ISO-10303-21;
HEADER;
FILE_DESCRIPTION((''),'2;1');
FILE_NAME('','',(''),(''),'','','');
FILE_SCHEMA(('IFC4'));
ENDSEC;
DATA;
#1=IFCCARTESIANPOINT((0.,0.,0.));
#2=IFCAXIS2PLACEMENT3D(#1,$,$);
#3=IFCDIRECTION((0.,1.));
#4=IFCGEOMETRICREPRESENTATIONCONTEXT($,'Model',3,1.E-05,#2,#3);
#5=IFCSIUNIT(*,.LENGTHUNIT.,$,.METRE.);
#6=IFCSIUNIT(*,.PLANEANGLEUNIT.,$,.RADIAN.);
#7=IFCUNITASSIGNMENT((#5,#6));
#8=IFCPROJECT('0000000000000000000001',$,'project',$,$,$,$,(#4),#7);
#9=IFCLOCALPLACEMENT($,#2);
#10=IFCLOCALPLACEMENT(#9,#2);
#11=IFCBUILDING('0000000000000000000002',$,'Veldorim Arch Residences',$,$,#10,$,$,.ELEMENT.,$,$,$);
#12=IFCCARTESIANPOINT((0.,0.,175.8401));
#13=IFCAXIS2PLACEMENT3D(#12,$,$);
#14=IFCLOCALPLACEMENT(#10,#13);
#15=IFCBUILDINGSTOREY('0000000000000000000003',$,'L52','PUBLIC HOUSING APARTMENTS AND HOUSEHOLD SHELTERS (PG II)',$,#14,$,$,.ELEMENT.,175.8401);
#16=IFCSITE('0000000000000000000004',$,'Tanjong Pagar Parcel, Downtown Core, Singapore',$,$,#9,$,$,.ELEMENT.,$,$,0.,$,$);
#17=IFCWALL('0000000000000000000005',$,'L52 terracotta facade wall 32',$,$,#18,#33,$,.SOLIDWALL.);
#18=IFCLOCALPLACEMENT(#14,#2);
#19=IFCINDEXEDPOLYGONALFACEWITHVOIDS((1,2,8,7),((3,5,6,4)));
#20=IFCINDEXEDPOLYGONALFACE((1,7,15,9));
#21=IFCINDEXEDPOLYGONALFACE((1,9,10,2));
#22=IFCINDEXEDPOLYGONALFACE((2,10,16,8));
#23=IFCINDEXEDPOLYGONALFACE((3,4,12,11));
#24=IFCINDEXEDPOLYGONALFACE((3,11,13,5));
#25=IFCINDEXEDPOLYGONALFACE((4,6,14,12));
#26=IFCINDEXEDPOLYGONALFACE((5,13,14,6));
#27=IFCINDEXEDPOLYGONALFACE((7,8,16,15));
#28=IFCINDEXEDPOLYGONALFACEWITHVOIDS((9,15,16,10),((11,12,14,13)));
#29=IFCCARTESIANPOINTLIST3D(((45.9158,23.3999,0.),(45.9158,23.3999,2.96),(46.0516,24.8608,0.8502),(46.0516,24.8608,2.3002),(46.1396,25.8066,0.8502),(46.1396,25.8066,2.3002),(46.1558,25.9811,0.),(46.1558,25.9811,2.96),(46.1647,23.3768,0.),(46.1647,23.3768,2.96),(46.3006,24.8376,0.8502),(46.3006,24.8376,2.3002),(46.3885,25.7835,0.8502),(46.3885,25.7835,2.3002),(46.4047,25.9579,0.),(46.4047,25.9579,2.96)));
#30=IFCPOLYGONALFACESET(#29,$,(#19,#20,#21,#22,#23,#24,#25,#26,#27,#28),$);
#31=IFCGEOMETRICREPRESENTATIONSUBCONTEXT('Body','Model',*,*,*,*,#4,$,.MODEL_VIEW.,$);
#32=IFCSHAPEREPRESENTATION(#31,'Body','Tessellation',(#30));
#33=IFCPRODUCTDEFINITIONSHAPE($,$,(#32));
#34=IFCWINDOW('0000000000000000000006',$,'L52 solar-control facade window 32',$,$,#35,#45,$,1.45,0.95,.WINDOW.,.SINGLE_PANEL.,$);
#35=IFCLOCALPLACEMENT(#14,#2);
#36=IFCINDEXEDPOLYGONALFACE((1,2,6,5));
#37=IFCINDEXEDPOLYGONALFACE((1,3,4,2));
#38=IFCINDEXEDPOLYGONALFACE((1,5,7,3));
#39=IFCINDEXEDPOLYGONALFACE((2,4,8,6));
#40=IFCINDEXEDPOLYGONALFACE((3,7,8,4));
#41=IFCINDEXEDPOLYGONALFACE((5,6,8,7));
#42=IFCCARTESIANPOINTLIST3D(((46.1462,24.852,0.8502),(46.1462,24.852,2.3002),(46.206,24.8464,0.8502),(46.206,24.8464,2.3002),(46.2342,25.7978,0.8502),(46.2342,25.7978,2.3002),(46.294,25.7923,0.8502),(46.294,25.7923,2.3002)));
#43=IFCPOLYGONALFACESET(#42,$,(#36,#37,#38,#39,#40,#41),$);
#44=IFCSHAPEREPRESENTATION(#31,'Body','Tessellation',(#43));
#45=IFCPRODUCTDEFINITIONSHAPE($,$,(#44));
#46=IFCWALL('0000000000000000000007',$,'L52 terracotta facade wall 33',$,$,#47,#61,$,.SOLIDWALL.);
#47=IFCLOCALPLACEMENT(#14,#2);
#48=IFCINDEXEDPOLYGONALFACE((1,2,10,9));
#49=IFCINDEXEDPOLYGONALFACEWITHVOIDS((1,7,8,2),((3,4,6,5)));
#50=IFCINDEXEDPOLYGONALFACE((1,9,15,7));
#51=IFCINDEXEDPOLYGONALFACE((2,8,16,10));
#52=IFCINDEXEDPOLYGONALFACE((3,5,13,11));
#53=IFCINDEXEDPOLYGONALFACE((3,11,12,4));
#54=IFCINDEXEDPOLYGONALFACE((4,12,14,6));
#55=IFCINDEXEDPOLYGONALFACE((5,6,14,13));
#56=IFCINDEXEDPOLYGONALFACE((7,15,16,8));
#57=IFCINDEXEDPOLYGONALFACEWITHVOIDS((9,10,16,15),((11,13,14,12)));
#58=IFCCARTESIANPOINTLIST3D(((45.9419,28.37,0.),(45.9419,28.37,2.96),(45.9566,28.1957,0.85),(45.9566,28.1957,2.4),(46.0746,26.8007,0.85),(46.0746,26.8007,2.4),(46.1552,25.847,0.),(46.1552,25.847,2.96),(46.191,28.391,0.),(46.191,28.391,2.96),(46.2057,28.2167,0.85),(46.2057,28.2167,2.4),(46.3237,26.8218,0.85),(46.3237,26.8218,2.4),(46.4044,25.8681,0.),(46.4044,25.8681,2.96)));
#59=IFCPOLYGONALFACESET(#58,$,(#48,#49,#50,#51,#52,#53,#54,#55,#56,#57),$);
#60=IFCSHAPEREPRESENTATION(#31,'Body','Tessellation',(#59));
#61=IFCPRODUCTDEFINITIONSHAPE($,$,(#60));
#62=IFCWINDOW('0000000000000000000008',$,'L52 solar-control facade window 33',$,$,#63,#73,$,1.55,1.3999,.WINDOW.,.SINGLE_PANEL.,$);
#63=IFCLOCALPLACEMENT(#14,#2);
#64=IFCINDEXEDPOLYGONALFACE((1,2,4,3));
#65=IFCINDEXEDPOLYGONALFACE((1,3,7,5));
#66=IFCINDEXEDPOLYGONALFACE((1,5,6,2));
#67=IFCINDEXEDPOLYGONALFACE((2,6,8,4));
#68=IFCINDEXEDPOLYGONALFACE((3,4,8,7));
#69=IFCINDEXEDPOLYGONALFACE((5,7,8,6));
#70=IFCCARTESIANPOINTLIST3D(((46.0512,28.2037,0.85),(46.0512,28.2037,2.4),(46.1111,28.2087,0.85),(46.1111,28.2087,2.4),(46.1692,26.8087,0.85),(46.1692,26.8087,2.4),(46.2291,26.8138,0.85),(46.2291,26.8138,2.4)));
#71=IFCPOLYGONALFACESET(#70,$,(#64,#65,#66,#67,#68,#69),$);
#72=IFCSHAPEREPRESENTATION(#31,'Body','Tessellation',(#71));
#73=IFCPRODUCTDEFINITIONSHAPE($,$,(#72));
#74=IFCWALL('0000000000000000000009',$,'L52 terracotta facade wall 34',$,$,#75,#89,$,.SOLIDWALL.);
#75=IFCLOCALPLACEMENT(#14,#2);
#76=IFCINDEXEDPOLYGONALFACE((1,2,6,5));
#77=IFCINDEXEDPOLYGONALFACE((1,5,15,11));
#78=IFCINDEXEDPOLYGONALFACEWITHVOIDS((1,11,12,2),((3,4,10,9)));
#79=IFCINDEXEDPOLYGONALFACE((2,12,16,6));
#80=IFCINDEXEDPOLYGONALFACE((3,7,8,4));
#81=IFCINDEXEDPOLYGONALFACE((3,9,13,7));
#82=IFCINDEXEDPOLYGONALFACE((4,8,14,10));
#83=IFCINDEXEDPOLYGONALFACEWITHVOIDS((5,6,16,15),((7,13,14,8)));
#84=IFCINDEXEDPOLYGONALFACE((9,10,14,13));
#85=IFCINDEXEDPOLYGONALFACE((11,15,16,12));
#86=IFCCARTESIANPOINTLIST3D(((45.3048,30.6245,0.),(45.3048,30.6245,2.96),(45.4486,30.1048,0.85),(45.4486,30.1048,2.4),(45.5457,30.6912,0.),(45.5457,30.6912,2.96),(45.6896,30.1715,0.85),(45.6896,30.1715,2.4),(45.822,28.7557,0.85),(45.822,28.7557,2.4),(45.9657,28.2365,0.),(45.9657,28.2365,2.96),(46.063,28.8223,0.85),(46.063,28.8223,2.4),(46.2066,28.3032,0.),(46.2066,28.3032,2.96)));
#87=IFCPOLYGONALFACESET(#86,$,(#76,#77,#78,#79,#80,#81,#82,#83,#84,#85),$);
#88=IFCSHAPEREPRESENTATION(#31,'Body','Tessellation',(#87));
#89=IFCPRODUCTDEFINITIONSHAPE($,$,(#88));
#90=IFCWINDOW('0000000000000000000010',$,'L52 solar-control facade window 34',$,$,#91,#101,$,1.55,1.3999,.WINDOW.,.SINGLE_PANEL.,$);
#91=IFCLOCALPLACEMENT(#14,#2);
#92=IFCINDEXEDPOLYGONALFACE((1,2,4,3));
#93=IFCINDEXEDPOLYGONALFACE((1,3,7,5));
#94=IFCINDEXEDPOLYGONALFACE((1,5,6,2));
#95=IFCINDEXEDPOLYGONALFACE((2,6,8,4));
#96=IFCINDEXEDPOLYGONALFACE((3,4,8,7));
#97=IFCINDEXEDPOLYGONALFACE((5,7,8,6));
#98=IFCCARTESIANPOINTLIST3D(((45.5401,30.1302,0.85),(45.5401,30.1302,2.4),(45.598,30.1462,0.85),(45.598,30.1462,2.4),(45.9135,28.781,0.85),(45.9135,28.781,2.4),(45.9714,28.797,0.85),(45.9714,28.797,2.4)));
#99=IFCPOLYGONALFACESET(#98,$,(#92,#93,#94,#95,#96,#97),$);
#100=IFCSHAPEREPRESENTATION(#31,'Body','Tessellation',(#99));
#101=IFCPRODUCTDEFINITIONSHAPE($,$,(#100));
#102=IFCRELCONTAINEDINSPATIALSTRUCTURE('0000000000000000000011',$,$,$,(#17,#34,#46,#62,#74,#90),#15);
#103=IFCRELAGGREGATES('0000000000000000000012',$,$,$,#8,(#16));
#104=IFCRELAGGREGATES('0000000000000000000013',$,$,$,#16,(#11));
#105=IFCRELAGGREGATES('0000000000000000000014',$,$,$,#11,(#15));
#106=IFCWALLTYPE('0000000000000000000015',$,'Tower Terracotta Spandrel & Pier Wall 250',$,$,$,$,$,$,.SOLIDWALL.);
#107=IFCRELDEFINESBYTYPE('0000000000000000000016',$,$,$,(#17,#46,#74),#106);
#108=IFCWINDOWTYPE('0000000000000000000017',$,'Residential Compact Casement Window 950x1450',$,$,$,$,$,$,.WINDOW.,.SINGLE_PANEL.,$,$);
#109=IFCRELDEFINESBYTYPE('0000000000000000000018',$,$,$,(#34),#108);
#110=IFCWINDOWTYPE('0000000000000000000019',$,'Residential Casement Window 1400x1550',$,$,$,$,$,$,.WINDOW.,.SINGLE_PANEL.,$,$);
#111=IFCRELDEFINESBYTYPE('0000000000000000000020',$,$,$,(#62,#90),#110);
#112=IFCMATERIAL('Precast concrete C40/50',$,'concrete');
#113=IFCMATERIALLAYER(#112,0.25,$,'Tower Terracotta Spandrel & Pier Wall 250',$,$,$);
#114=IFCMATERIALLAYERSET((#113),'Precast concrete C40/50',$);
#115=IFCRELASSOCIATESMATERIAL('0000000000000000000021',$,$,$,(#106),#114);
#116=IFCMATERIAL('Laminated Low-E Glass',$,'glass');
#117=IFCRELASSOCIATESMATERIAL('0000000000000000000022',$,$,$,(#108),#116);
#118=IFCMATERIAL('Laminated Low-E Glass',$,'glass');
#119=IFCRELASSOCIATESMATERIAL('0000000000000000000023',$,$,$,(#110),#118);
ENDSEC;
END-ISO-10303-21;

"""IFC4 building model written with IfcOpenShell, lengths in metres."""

from ifc_helpers import new_model, si_unit, direction, frame, frame_2d, origin, place, context, subcontext, project, spatial, rectangle, extrude, material, layer, layer_set, type_object, element, fill, save


model = new_model("IFC4")

# Units and contexts
model_context = context("Model", 3, precision=1e-05, world=origin(), true_north=direction((0.0, 1.0)))
body_context = subcontext(model_context, "Body", "Model", "MODEL_VIEW")
ifc_project = project(units=[si_unit("LENGTHUNIT", "METRE"), si_unit("PLANEANGLEUNIT", "RADIAN")], contexts=[model_context])

# Site, building, storey
site_placement = place(None, origin())
site = spatial("IfcSite", under=ifc_project, at=site_placement, Name="Tanjong Pagar Parcel, Downtown Core, Singapore", CompositionType="ELEMENT", RefElevation=0.0)
building_placement = place(site_placement, origin())
building = spatial("IfcBuilding", under=site, at=building_placement, Name="Veldorim Arch Residences", CompositionType="ELEMENT")
storey_placement = place(building_placement, frame((0.0, 0.0, 175.8401)))
storey = spatial("IfcBuildingStorey", under=building, at=storey_placement, Name="L52", Description="PUBLIC HOUSING APARTMENTS AND HOUSEHOLD SHELTERS (PG II)", CompositionType="ELEMENT", Elevation=175.8401)

# Walls, openings, windows
ifc_material_1 = material(Name="Precast concrete C40/50", Category="concrete")
ifc_layer_1 = layer(ifc_material_1, 0.25, Name="Tower Terracotta Spandrel & Pier Wall 250")
ifc_layer_set_1 = layer_set([ifc_layer_1], Name="Precast concrete C40/50")
wall_type_1 = type_object("IfcWallType", Name="Tower Terracotta Spandrel & Pier Wall 250", PredefinedType="SOLIDWALL", material=ifc_layer_set_1)
wall_1_placement = place(storey_placement, frame((46.2803, 25.9695, 0.0), z_axis=(0.0, 0.0, 1.0), x_axis=(-0.092582, -0.995705, 0.0)))
wall_1 = element("IfcWall", 1, at=wall_1_placement, inside=storey, type_object=wall_type_1, Name="L52 terracotta facade wall 32", PredefinedType="SOLIDWALL", context=body_context, shape_type="SweptSolid", body=[
    extrude(rectangle(XDim=2.5923, YDim=0.25, at=frame_2d((1.2961, 0.0))), origin(), (0.0, 0.0, 1.0), 2.96),
])
opening_1_placement = place(wall_1_placement, frame((0.175, 0.0, 0.8501)))
opening_1 = element("IfcOpeningElement", 2, at=opening_1_placement, cuts=wall_1, PredefinedType="OPENING", context=body_context, shape_type="SweptSolid", body=[
    extrude(rectangle(XDim=0.95, YDim=1.45, at=frame_2d((0.4751, 0.7251))), frame((0.0, 0.135, 0.0), z_axis=(0.0, -1.0, 0.0), x_axis=(1.0, 0.0, 0.0)), (0.0, 0.0, 1.0), 0.27),
])
ifc_material_2 = material(Name="Laminated Low-E Glass", Category="glass")
window_type_1 = type_object("IfcWindowType", Name="Residential Compact Casement Window 950x1450", PartitioningType="SINGLE_PANEL", PredefinedType="WINDOW", material=ifc_material_2)
window_1_placement = place(opening_1_placement, origin())
window_1 = element("IfcWindow", 3, at=window_1_placement, inside=storey, type_object=window_type_1, Name="L52 solar-control facade window 32", OverallHeight=1.45, OverallWidth=0.95, PartitioningType="SINGLE_PANEL", PredefinedType="WINDOW", context=body_context, shape_type="SweptSolid", body=[
    extrude(rectangle(XDim=0.95, YDim=1.45, at=frame_2d((0.4751, 0.7251))), frame((0.0, 0.03, 0.0), z_axis=(0.0, -1.0, 0.0), x_axis=(1.0, 0.0, 0.0)), (0.0, 0.0, 1.0), 0.0601),
])
fill(opening_1, window_1)
wall_2_placement = place(storey_placement, frame((46.0664, 28.3806, 0.0), z_axis=(0.0, 0.0, 1.0), x_axis=(0.084274, -0.996443, 0.0)))
wall_2 = element("IfcWall", 4, at=wall_2_placement, inside=storey, type_object=wall_type_1, Name="L52 terracotta facade wall 33", PredefinedType="SOLIDWALL", context=body_context, shape_type="SweptSolid", body=[
    extrude(rectangle(XDim=2.532, YDim=0.25, at=frame_2d((1.2661, 0.0))), origin(), (0.0, 0.0, 1.0), 2.96),
])
opening_2_placement = place(wall_2_placement, frame((0.175, 0.0, 0.8501)))
opening_2 = element("IfcOpeningElement", 5, at=opening_2_placement, cuts=wall_2, PredefinedType="OPENING", context=body_context, shape_type="SweptSolid", body=[
    extrude(rectangle(XDim=1.3999, YDim=1.55, at=frame_2d((0.7, 0.7749))), frame((0.0, 0.135, 0.0), z_axis=(0.0, -1.0, 0.0), x_axis=(1.0, 0.0, 0.0)), (0.0, 0.0, 1.0), 0.27),
])
ifc_material_3 = material(Name="Laminated Low-E Glass", Category="glass")
window_type_2 = type_object("IfcWindowType", Name="Residential Casement Window 1400x1550", PartitioningType="SINGLE_PANEL", PredefinedType="WINDOW", material=ifc_material_3)
window_2_placement = place(opening_2_placement, origin())
window_2 = element("IfcWindow", 6, at=window_2_placement, inside=storey, type_object=window_type_2, Name="L52 solar-control facade window 33", OverallHeight=1.55, OverallWidth=1.3999, PartitioningType="SINGLE_PANEL", PredefinedType="WINDOW", context=body_context, shape_type="SweptSolid", body=[
    extrude(rectangle(XDim=1.3999, YDim=1.55, at=frame_2d((0.7, 0.7749))), frame((0.0, 0.03, 0.0), z_axis=(0.0, -1.0, 0.0), x_axis=(1.0, 0.0, 0.0)), (0.0, 0.0, 1.0), 0.0601),
])
fill(opening_2, window_2)
wall_3_placement = place(storey_placement, frame((45.4253, 30.6577, 0.0), z_axis=(0.0, 0.0, 1.0), x_axis=(0.266734, -0.96377, 0.0)))
wall_3 = element("IfcWall", 7, at=wall_3_placement, inside=storey, type_object=wall_type_1, Name="L52 terracotta facade wall 34", PredefinedType="SOLIDWALL", context=body_context, shape_type="SweptSolid", body=[
    extrude(rectangle(XDim=2.4778, YDim=0.25, at=frame_2d((1.2388, 0.0))), origin(), (0.0, 0.0, 1.0), 2.96),
])
opening_3_placement = place(wall_3_placement, frame((0.5391, 0.0, 0.8501)))
opening_3 = element("IfcOpeningElement", 8, at=opening_3_placement, cuts=wall_3, PredefinedType="OPENING", context=body_context, shape_type="SweptSolid", body=[
    extrude(rectangle(XDim=1.3999, YDim=1.55, at=frame_2d((0.7, 0.7749))), frame((0.0, 0.135, 0.0), z_axis=(0.0, -1.0, 0.0), x_axis=(1.0, 0.0, 0.0)), (0.0, 0.0, 1.0), 0.27),
])
window_3_placement = place(opening_3_placement, origin())
window_3 = element("IfcWindow", 9, at=window_3_placement, inside=storey, type_object=window_type_2, Name="L52 solar-control facade window 34", OverallHeight=1.55, OverallWidth=1.3999, PartitioningType="SINGLE_PANEL", PredefinedType="WINDOW", context=body_context, shape_type="SweptSolid", body=[
    extrude(rectangle(XDim=1.3999, YDim=1.55, at=frame_2d((0.7, 0.7749))), frame((0.0, 0.03, 0.0), z_axis=(0.0, -1.0, 0.0), x_axis=(1.0, 0.0, 0.0)), (0.0, 0.0, 1.0), 0.0601),
])
fill(opening_3, window_3)

save(model, "model.ifc")
